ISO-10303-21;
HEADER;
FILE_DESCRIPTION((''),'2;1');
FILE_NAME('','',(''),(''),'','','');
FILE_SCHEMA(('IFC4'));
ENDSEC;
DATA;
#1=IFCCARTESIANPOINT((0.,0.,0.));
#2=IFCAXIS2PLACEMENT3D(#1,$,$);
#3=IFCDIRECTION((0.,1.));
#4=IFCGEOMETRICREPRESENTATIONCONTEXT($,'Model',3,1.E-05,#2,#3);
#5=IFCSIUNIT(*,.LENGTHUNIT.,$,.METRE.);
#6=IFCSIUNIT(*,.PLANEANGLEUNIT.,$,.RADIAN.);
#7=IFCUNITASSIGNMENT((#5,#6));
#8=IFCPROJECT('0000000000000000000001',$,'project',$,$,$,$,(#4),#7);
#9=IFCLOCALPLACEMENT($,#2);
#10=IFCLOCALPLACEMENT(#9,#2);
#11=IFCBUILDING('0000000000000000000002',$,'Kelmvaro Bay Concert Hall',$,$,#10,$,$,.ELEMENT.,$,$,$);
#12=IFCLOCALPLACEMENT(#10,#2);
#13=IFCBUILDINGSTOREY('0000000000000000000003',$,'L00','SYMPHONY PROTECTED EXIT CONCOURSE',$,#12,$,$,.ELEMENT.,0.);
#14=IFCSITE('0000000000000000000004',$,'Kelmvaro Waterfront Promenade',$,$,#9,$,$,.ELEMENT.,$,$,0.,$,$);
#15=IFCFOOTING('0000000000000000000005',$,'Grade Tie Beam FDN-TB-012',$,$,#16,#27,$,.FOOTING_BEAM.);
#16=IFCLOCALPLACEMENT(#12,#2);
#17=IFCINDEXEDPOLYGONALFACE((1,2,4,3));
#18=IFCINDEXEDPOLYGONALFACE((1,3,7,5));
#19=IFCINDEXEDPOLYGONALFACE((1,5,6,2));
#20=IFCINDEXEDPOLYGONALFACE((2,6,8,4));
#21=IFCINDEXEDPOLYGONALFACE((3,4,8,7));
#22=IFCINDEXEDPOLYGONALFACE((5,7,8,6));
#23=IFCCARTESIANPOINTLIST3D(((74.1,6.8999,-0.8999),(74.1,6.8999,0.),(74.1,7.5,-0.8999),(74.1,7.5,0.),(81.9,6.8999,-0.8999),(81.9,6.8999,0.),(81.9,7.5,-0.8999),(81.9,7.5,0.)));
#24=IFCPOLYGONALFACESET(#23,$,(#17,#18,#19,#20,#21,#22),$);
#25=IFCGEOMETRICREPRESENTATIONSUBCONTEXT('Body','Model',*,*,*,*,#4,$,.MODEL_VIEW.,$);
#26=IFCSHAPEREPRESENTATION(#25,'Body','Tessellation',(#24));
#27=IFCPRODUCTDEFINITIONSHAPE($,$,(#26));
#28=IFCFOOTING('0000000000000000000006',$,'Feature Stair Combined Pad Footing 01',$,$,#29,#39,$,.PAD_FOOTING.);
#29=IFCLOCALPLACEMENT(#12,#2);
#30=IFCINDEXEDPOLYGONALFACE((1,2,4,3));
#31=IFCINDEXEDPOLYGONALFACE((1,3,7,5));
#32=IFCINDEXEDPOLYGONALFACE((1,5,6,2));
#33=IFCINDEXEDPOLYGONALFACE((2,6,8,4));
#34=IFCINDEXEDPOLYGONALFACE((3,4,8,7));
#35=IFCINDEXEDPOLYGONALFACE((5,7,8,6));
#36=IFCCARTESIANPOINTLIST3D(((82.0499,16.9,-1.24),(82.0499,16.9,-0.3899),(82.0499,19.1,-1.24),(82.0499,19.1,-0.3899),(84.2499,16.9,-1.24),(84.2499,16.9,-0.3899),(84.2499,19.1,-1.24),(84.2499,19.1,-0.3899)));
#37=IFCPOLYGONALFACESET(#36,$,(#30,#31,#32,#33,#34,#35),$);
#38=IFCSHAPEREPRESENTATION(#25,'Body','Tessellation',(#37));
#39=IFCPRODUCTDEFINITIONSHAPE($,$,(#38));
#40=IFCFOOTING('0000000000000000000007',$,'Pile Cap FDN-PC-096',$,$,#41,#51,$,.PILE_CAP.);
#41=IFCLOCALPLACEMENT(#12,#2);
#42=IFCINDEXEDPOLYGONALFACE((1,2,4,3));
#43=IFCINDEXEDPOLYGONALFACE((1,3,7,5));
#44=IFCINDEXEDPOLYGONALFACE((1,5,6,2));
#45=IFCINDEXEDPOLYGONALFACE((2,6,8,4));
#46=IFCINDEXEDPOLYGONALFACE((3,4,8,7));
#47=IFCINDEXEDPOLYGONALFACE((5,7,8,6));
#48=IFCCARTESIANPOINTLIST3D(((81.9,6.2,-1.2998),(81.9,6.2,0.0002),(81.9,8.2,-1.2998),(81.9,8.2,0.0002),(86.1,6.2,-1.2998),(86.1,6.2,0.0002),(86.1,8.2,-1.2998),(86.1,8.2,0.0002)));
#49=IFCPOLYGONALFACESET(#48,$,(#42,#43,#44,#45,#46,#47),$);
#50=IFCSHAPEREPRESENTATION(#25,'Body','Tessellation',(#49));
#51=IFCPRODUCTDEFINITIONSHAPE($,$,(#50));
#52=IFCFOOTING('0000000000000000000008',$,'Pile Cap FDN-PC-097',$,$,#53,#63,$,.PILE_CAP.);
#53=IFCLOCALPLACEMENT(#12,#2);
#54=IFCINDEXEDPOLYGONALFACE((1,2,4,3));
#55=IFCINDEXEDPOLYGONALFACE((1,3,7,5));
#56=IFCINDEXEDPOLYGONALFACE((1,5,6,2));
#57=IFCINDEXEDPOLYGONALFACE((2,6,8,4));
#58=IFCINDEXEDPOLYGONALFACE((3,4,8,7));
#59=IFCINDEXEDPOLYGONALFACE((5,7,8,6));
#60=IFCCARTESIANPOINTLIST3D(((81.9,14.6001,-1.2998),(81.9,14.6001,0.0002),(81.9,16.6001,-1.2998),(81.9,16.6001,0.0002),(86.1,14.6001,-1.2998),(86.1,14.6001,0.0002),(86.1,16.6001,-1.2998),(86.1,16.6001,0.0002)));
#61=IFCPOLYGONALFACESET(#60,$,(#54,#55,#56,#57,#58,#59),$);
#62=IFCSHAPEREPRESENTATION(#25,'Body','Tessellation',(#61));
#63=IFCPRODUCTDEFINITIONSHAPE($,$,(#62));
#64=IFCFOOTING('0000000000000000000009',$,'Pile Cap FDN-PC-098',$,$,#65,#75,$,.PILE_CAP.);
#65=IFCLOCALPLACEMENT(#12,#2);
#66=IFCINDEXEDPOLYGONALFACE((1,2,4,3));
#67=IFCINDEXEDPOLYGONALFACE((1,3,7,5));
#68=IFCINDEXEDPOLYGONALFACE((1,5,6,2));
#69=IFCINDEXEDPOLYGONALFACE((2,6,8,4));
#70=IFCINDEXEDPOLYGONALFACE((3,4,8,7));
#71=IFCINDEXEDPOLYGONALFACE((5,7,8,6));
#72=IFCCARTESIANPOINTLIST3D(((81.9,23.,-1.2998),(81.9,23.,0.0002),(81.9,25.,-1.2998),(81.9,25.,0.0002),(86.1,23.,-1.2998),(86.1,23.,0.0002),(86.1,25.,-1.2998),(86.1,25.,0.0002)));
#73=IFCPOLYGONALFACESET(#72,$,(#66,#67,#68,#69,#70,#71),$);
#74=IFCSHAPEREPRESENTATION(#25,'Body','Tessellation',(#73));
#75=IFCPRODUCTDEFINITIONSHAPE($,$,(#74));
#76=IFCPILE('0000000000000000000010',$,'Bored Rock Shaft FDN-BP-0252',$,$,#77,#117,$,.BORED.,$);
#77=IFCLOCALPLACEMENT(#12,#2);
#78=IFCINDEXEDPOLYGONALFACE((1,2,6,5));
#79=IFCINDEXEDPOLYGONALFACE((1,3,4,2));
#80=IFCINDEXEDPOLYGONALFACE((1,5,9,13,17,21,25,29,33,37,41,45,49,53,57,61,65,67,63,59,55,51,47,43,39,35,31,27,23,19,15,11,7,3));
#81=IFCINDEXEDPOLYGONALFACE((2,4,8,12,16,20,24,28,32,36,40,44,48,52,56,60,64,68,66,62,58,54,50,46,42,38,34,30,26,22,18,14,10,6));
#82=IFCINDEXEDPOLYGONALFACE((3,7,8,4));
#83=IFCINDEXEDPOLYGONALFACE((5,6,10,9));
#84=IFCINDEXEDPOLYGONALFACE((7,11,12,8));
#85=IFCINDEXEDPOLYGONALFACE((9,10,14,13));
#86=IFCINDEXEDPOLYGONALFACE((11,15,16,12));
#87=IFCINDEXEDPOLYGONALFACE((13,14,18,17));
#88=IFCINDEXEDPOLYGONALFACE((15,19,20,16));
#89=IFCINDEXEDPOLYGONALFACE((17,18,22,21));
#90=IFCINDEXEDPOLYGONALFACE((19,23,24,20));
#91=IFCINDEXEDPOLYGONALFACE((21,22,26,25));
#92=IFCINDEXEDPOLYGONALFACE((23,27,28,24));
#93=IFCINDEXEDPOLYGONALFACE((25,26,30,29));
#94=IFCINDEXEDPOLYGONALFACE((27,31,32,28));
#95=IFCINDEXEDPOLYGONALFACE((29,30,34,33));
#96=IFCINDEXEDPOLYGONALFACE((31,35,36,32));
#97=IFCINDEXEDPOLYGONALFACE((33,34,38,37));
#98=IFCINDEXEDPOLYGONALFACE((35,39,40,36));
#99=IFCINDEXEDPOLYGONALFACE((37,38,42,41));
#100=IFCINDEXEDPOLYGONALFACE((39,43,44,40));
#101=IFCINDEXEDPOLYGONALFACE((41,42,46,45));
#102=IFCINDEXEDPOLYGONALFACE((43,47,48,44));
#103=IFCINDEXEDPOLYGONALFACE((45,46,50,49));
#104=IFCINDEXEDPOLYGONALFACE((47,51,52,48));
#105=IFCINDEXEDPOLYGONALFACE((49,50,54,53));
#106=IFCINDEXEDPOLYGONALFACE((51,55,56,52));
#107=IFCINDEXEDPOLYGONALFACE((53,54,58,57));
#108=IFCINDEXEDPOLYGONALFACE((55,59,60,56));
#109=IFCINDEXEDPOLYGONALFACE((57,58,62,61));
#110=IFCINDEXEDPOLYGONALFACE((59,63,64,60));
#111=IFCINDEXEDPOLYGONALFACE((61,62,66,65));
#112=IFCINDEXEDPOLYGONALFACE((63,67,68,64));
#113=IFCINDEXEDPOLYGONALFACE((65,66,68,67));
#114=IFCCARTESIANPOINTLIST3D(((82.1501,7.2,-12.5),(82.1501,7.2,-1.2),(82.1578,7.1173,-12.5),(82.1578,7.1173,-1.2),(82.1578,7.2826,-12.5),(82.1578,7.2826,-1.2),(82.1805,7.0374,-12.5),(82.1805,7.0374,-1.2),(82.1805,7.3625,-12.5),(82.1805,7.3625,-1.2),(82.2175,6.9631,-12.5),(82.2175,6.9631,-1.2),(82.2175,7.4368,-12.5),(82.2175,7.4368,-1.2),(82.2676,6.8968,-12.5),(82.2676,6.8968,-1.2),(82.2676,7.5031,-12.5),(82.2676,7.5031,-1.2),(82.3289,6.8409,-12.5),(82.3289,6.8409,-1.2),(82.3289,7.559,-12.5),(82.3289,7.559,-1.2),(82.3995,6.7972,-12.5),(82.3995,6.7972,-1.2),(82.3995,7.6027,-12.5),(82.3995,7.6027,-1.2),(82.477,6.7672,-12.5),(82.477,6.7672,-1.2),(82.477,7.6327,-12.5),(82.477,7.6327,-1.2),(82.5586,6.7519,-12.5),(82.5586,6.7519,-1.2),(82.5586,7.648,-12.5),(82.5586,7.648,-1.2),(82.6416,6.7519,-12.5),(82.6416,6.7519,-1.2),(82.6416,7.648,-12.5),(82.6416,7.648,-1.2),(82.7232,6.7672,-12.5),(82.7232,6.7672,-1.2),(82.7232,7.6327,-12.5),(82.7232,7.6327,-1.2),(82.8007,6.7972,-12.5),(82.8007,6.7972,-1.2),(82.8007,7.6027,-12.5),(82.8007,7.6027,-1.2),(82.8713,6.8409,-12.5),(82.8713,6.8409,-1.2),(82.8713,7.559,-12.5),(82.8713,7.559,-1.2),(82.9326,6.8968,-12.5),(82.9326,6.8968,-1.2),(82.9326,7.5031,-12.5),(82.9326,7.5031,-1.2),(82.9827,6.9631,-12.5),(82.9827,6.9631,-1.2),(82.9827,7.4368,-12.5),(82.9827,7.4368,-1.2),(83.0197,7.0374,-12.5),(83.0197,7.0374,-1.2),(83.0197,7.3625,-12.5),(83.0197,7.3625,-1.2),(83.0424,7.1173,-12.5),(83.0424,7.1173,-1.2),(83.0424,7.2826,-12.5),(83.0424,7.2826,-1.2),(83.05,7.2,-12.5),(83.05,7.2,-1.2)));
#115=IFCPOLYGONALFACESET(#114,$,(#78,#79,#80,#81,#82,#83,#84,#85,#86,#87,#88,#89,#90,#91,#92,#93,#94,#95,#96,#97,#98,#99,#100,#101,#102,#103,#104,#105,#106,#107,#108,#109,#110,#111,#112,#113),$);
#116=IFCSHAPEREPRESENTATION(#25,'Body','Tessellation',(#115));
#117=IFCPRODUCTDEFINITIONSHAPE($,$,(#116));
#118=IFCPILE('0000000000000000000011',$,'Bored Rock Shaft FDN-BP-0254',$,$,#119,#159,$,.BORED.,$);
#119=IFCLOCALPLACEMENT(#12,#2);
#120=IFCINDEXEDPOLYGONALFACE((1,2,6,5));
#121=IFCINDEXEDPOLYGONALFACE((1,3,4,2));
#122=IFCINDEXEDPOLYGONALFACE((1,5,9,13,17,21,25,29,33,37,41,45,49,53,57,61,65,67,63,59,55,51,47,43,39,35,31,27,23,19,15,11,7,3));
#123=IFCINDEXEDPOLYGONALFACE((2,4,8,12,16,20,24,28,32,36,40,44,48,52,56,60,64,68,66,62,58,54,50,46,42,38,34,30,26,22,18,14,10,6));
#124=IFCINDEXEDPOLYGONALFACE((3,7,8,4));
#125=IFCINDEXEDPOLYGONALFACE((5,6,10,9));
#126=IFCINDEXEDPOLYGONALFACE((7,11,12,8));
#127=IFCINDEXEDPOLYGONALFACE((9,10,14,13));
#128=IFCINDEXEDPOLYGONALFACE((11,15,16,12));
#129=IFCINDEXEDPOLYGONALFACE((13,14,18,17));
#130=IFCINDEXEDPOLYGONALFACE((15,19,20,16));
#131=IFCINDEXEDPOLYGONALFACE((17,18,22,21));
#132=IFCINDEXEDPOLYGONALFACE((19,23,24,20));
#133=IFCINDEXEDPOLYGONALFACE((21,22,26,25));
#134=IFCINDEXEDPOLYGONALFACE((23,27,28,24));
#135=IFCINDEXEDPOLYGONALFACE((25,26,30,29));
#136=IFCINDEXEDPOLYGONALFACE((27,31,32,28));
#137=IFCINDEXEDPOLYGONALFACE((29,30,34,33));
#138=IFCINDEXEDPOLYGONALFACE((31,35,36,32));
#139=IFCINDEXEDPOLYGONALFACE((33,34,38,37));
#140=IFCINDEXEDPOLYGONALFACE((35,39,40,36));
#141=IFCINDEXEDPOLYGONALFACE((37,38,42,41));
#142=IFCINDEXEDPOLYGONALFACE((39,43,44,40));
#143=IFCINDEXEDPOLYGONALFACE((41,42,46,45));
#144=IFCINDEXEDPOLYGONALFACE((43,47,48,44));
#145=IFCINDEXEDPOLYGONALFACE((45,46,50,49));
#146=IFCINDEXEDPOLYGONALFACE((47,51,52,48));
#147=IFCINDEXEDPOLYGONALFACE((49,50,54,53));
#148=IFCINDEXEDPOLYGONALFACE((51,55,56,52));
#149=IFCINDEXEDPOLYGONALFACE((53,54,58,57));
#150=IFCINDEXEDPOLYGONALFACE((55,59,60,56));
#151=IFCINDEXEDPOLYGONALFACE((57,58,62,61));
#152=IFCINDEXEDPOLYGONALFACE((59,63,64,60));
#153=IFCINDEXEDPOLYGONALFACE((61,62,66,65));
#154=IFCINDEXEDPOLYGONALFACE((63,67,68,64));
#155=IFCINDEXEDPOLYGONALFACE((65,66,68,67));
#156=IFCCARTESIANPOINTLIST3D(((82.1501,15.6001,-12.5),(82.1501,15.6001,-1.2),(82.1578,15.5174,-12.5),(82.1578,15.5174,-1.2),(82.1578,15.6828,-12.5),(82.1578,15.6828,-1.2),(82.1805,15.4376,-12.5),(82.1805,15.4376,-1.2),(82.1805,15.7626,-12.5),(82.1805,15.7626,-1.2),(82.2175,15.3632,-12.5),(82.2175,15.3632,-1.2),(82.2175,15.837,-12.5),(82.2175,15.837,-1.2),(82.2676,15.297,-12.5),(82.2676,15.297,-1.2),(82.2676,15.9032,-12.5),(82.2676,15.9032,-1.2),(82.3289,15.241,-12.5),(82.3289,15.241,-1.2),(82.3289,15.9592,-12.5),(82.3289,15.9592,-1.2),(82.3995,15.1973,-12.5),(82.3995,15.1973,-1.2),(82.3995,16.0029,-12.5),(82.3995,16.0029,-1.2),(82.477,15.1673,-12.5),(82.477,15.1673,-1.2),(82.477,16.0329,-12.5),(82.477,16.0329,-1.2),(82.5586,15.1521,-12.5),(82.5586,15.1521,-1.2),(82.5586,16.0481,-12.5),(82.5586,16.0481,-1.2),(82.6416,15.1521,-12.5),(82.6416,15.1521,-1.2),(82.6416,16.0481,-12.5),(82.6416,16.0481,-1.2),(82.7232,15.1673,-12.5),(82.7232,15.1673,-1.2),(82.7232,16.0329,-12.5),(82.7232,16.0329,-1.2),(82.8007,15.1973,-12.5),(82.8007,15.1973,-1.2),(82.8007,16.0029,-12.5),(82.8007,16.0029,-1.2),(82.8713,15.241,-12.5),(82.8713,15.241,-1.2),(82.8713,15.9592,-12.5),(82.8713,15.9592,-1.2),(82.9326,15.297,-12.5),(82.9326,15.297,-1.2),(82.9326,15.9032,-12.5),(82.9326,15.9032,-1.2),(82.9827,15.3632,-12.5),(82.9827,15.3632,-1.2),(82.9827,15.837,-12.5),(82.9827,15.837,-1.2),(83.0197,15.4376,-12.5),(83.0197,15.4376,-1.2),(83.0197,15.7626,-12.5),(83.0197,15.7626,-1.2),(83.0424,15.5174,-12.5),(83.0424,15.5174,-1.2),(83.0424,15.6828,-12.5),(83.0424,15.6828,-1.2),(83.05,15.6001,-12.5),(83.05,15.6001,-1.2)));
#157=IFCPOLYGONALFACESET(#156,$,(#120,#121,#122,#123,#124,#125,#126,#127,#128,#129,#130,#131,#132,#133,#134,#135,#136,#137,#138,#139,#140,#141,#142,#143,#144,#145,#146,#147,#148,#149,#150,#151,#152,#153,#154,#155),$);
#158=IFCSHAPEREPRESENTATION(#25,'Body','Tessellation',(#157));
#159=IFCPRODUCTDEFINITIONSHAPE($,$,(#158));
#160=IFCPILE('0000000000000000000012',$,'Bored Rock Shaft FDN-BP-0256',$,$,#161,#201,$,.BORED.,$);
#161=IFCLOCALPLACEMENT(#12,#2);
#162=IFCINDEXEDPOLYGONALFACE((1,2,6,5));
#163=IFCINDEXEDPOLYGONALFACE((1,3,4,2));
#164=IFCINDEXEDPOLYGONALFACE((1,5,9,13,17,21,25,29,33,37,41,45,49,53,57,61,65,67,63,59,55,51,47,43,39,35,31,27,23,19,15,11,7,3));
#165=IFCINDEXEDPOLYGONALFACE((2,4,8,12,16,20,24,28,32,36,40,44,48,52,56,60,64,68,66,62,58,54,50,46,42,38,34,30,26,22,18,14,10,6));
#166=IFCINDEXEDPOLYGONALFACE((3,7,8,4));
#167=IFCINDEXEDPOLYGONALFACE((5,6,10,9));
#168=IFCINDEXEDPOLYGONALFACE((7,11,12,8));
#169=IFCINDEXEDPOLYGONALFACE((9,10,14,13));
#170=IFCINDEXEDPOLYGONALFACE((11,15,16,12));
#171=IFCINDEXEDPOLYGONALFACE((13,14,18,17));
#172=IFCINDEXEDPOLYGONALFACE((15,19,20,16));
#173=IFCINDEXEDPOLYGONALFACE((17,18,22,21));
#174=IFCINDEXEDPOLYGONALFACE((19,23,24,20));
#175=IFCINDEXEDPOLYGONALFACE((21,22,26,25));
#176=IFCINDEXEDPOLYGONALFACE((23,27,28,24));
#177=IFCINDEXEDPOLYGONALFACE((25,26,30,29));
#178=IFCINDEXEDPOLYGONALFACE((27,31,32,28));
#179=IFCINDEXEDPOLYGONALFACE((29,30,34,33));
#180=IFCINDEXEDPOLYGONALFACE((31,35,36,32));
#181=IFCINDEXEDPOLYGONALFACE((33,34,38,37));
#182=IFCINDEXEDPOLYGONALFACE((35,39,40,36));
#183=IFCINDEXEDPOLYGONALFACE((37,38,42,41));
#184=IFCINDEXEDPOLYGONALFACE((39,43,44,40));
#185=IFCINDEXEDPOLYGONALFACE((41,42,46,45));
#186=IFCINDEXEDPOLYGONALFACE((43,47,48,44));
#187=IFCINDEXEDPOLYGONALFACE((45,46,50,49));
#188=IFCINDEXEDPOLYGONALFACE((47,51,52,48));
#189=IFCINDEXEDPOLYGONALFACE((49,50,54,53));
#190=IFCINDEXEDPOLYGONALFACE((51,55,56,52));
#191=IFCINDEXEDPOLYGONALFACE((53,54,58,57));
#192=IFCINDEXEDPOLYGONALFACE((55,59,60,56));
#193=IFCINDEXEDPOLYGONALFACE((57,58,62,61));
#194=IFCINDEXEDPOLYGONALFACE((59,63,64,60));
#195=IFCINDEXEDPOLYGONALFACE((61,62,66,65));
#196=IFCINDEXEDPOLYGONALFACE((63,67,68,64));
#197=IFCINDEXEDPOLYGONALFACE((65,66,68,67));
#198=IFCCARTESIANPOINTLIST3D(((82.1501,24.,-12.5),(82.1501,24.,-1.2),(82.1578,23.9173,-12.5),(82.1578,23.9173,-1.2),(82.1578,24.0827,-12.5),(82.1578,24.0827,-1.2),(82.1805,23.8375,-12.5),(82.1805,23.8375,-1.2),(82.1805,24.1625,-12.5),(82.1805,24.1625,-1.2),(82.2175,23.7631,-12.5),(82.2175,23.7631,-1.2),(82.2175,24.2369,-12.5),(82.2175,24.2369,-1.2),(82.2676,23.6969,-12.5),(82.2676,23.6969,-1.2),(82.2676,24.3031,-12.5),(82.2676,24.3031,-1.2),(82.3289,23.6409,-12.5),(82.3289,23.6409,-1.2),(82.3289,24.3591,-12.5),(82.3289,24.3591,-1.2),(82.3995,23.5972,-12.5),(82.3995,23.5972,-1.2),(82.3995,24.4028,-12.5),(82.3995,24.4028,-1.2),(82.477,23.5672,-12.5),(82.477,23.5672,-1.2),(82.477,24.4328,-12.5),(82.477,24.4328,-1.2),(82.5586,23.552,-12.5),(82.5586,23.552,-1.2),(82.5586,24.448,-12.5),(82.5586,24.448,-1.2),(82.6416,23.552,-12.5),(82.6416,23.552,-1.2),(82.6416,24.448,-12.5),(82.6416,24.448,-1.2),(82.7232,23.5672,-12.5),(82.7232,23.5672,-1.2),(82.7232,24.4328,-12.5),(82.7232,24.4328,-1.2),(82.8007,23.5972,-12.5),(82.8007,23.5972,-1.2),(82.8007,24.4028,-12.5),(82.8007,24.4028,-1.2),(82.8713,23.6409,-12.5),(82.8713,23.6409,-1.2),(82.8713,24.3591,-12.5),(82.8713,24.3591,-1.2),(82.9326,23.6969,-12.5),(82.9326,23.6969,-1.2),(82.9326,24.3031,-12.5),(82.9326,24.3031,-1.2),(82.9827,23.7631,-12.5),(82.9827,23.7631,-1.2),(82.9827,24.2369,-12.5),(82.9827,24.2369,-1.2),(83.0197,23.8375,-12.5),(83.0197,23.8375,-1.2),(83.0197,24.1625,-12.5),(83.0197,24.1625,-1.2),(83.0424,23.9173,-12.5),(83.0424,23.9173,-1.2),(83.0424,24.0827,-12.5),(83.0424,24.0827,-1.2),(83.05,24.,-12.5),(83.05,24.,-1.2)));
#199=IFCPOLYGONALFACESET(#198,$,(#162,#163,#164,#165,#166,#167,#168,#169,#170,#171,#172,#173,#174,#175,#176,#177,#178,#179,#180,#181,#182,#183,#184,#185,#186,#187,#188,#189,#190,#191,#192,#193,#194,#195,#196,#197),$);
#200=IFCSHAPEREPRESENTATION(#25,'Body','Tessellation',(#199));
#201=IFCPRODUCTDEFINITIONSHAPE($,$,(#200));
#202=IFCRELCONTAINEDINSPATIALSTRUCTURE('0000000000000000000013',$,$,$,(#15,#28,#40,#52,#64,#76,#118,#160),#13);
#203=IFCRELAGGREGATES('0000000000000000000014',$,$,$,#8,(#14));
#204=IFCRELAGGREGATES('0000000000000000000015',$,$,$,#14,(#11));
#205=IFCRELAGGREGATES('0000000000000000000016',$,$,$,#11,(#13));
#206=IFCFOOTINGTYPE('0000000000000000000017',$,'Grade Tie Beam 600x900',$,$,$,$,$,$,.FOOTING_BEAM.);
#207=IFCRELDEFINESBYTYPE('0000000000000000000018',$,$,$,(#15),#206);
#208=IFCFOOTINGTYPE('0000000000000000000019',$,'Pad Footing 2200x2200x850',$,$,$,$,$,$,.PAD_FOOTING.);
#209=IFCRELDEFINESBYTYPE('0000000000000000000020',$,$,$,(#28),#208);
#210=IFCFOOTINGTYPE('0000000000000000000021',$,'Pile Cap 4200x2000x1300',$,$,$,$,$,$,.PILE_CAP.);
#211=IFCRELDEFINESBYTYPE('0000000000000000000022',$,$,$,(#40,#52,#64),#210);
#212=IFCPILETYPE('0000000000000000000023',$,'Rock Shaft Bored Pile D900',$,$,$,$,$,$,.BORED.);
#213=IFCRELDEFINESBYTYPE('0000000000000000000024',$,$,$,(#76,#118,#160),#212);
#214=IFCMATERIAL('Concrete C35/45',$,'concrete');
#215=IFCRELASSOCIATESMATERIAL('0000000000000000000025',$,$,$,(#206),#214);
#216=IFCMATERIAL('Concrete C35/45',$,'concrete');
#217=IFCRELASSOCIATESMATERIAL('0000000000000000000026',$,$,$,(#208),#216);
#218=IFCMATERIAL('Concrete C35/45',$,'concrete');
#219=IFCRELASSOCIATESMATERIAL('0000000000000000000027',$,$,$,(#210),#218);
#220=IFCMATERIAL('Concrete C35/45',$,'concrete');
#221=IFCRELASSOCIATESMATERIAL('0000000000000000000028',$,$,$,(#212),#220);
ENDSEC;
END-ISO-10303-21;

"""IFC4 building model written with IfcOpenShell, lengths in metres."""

from ifc_helpers import new_model, si_unit, direction, frame, origin, origin_2d, place, context, subcontext, project, spatial, rectangle, circle, extrude, material, material_profile, profile_set, type_object, element, save


model = new_model("IFC4")

# Units and contexts
model_context = context("Model", 3, precision=1e-05, world=origin(), true_north=direction((0.0, 1.0)))
body_context = subcontext(model_context, "Body", "Model", "MODEL_VIEW")
ifc_project = project(units=[si_unit("LENGTHUNIT", "METRE"), si_unit("PLANEANGLEUNIT", "RADIAN")], contexts=[model_context])

# Site, building, storey
site_placement = place(None, origin())
site = spatial("IfcSite", under=ifc_project, at=site_placement, Name="Kelmvaro Waterfront Promenade", CompositionType="ELEMENT", RefElevation=0.0)
building_placement = place(site_placement, origin())
building = spatial("IfcBuilding", under=site, at=building_placement, Name="Kelmvaro Bay Concert Hall", CompositionType="ELEMENT")
storey_placement = place(building_placement, origin())
storey = spatial("IfcBuildingStorey", under=building, at=storey_placement, Name="L00", Description="SYMPHONY PROTECTED EXIT CONCOURSE", CompositionType="ELEMENT", Elevation=0.0)

# Footings
ifc_material_1 = material(Name="Concrete C35/45", Category="concrete")
footing_type_1 = type_object("IfcFootingType", Name="Grade Tie Beam 600x900", PredefinedType="FOOTING_BEAM", material=ifc_material_1)
footing_1_placement = place(storey_placement, frame((78.0, 7.2, -0.8999), z_axis=(0.0, 0.0, 1.0), x_axis=(1.0, 0.0, 0.0)))
element("IfcFooting", 1, at=footing_1_placement, inside=storey, type_object=footing_type_1, Name="Grade Tie Beam FDN-TB-012", PredefinedType="FOOTING_BEAM", context=body_context, shape_type="SweptSolid", body=[
    extrude(rectangle(XDim=7.8, YDim=0.6001, at=origin_2d()), origin(), (0.0, 0.0, 1.0), 0.8999),
])
ifc_material_2 = material(Name="Concrete C35/45", Category="concrete")
footing_type_2 = type_object("IfcFootingType", Name="Pad Footing 2200x2200x850", PredefinedType="PAD_FOOTING", material=ifc_material_2)
footing_2_placement = place(storey_placement, frame((83.1499, 18.0, -1.24), z_axis=(0.0, 0.0, 1.0), x_axis=(1.0, 0.0, 0.0)))
element("IfcFooting", 2, at=footing_2_placement, inside=storey, type_object=footing_type_2, Name="Feature Stair Combined Pad Footing 01", PredefinedType="PAD_FOOTING", context=body_context, shape_type="SweptSolid", body=[
    extrude(rectangle(XDim=2.2, YDim=2.2, at=origin_2d()), origin(), (0.0, 0.0, 1.0), 0.8501),
])
ifc_material_3 = material(Name="Concrete C35/45", Category="concrete")
footing_type_3 = type_object("IfcFootingType", Name="Pile Cap 4200x2000x1300", PredefinedType="PILE_CAP", material=ifc_material_3)
for number, where, z_axis, x_axis, name in (
    (3, (84.0, 7.2, -1.2998), (0.0, 0.0, 1.0), (1.0, 0.0, 0.0), "Pile Cap FDN-PC-096"),
    (4, (84.0, 15.6001, -1.2998), (0.0, 0.0, 1.0), (1.0, 0.0, 0.0), "Pile Cap FDN-PC-097"),
    (5, (84.0, 24.0, -1.2998), (0.0, 0.0, 1.0), (1.0, 0.0, 0.0), "Pile Cap FDN-PC-098"),
):
    element("IfcFooting", number, at=place(storey_placement, frame(where, z_axis=z_axis, x_axis=x_axis)), inside=storey, type_object=footing_type_3, Name=name, PredefinedType="PILE_CAP", context=body_context, shape_type="SweptSolid", body=[
        extrude(rectangle(XDim=4.2, YDim=2.0, at=origin_2d()), origin(), (0.0, 0.0, 1.0), 1.3),
    ])

# Piles
ifc_material_4 = material(Name="Concrete C35/45", Category="concrete")
ifc_material_profile_1 = material_profile(ifc_material_4, circle(Radius=0.45, at=origin_2d()), Name="PILE-BORED-900")
ifc_profile_set_1 = profile_set([ifc_material_profile_1], Name="Concrete C35/45")
pile_type = type_object("IfcPileType", Name="Rock Shaft Bored Pile D900", PredefinedType="BORED", material=ifc_profile_set_1)
for number, where, z_axis, x_axis, name in (
    (6, (82.6001, 7.2, -1.2), (0.0, 0.0, -1.0), (1.0, 0.0, 0.0), "Bored Rock Shaft FDN-BP-0252"),
    (7, (82.6001, 15.6001, -1.2), (0.0, 0.0, -1.0), (1.0, 0.0, 0.0), "Bored Rock Shaft FDN-BP-0254"),
    (8, (82.6001, 24.0, -1.2), (0.0, 0.0, -1.0), (1.0, 0.0, 0.0), "Bored Rock Shaft FDN-BP-0256"),
):
    element("IfcPile", number, at=place(storey_placement, frame(where, z_axis=z_axis, x_axis=x_axis)), inside=storey, type_object=pile_type, Name=name, PredefinedType="BORED", context=body_context, shape_type="SweptSolid", body=[
        extrude(circle(Radius=0.45, at=origin_2d()), origin(), (0.0, 0.0, 1.0), 11.3),
    ])

save(model, "model.ifc")
